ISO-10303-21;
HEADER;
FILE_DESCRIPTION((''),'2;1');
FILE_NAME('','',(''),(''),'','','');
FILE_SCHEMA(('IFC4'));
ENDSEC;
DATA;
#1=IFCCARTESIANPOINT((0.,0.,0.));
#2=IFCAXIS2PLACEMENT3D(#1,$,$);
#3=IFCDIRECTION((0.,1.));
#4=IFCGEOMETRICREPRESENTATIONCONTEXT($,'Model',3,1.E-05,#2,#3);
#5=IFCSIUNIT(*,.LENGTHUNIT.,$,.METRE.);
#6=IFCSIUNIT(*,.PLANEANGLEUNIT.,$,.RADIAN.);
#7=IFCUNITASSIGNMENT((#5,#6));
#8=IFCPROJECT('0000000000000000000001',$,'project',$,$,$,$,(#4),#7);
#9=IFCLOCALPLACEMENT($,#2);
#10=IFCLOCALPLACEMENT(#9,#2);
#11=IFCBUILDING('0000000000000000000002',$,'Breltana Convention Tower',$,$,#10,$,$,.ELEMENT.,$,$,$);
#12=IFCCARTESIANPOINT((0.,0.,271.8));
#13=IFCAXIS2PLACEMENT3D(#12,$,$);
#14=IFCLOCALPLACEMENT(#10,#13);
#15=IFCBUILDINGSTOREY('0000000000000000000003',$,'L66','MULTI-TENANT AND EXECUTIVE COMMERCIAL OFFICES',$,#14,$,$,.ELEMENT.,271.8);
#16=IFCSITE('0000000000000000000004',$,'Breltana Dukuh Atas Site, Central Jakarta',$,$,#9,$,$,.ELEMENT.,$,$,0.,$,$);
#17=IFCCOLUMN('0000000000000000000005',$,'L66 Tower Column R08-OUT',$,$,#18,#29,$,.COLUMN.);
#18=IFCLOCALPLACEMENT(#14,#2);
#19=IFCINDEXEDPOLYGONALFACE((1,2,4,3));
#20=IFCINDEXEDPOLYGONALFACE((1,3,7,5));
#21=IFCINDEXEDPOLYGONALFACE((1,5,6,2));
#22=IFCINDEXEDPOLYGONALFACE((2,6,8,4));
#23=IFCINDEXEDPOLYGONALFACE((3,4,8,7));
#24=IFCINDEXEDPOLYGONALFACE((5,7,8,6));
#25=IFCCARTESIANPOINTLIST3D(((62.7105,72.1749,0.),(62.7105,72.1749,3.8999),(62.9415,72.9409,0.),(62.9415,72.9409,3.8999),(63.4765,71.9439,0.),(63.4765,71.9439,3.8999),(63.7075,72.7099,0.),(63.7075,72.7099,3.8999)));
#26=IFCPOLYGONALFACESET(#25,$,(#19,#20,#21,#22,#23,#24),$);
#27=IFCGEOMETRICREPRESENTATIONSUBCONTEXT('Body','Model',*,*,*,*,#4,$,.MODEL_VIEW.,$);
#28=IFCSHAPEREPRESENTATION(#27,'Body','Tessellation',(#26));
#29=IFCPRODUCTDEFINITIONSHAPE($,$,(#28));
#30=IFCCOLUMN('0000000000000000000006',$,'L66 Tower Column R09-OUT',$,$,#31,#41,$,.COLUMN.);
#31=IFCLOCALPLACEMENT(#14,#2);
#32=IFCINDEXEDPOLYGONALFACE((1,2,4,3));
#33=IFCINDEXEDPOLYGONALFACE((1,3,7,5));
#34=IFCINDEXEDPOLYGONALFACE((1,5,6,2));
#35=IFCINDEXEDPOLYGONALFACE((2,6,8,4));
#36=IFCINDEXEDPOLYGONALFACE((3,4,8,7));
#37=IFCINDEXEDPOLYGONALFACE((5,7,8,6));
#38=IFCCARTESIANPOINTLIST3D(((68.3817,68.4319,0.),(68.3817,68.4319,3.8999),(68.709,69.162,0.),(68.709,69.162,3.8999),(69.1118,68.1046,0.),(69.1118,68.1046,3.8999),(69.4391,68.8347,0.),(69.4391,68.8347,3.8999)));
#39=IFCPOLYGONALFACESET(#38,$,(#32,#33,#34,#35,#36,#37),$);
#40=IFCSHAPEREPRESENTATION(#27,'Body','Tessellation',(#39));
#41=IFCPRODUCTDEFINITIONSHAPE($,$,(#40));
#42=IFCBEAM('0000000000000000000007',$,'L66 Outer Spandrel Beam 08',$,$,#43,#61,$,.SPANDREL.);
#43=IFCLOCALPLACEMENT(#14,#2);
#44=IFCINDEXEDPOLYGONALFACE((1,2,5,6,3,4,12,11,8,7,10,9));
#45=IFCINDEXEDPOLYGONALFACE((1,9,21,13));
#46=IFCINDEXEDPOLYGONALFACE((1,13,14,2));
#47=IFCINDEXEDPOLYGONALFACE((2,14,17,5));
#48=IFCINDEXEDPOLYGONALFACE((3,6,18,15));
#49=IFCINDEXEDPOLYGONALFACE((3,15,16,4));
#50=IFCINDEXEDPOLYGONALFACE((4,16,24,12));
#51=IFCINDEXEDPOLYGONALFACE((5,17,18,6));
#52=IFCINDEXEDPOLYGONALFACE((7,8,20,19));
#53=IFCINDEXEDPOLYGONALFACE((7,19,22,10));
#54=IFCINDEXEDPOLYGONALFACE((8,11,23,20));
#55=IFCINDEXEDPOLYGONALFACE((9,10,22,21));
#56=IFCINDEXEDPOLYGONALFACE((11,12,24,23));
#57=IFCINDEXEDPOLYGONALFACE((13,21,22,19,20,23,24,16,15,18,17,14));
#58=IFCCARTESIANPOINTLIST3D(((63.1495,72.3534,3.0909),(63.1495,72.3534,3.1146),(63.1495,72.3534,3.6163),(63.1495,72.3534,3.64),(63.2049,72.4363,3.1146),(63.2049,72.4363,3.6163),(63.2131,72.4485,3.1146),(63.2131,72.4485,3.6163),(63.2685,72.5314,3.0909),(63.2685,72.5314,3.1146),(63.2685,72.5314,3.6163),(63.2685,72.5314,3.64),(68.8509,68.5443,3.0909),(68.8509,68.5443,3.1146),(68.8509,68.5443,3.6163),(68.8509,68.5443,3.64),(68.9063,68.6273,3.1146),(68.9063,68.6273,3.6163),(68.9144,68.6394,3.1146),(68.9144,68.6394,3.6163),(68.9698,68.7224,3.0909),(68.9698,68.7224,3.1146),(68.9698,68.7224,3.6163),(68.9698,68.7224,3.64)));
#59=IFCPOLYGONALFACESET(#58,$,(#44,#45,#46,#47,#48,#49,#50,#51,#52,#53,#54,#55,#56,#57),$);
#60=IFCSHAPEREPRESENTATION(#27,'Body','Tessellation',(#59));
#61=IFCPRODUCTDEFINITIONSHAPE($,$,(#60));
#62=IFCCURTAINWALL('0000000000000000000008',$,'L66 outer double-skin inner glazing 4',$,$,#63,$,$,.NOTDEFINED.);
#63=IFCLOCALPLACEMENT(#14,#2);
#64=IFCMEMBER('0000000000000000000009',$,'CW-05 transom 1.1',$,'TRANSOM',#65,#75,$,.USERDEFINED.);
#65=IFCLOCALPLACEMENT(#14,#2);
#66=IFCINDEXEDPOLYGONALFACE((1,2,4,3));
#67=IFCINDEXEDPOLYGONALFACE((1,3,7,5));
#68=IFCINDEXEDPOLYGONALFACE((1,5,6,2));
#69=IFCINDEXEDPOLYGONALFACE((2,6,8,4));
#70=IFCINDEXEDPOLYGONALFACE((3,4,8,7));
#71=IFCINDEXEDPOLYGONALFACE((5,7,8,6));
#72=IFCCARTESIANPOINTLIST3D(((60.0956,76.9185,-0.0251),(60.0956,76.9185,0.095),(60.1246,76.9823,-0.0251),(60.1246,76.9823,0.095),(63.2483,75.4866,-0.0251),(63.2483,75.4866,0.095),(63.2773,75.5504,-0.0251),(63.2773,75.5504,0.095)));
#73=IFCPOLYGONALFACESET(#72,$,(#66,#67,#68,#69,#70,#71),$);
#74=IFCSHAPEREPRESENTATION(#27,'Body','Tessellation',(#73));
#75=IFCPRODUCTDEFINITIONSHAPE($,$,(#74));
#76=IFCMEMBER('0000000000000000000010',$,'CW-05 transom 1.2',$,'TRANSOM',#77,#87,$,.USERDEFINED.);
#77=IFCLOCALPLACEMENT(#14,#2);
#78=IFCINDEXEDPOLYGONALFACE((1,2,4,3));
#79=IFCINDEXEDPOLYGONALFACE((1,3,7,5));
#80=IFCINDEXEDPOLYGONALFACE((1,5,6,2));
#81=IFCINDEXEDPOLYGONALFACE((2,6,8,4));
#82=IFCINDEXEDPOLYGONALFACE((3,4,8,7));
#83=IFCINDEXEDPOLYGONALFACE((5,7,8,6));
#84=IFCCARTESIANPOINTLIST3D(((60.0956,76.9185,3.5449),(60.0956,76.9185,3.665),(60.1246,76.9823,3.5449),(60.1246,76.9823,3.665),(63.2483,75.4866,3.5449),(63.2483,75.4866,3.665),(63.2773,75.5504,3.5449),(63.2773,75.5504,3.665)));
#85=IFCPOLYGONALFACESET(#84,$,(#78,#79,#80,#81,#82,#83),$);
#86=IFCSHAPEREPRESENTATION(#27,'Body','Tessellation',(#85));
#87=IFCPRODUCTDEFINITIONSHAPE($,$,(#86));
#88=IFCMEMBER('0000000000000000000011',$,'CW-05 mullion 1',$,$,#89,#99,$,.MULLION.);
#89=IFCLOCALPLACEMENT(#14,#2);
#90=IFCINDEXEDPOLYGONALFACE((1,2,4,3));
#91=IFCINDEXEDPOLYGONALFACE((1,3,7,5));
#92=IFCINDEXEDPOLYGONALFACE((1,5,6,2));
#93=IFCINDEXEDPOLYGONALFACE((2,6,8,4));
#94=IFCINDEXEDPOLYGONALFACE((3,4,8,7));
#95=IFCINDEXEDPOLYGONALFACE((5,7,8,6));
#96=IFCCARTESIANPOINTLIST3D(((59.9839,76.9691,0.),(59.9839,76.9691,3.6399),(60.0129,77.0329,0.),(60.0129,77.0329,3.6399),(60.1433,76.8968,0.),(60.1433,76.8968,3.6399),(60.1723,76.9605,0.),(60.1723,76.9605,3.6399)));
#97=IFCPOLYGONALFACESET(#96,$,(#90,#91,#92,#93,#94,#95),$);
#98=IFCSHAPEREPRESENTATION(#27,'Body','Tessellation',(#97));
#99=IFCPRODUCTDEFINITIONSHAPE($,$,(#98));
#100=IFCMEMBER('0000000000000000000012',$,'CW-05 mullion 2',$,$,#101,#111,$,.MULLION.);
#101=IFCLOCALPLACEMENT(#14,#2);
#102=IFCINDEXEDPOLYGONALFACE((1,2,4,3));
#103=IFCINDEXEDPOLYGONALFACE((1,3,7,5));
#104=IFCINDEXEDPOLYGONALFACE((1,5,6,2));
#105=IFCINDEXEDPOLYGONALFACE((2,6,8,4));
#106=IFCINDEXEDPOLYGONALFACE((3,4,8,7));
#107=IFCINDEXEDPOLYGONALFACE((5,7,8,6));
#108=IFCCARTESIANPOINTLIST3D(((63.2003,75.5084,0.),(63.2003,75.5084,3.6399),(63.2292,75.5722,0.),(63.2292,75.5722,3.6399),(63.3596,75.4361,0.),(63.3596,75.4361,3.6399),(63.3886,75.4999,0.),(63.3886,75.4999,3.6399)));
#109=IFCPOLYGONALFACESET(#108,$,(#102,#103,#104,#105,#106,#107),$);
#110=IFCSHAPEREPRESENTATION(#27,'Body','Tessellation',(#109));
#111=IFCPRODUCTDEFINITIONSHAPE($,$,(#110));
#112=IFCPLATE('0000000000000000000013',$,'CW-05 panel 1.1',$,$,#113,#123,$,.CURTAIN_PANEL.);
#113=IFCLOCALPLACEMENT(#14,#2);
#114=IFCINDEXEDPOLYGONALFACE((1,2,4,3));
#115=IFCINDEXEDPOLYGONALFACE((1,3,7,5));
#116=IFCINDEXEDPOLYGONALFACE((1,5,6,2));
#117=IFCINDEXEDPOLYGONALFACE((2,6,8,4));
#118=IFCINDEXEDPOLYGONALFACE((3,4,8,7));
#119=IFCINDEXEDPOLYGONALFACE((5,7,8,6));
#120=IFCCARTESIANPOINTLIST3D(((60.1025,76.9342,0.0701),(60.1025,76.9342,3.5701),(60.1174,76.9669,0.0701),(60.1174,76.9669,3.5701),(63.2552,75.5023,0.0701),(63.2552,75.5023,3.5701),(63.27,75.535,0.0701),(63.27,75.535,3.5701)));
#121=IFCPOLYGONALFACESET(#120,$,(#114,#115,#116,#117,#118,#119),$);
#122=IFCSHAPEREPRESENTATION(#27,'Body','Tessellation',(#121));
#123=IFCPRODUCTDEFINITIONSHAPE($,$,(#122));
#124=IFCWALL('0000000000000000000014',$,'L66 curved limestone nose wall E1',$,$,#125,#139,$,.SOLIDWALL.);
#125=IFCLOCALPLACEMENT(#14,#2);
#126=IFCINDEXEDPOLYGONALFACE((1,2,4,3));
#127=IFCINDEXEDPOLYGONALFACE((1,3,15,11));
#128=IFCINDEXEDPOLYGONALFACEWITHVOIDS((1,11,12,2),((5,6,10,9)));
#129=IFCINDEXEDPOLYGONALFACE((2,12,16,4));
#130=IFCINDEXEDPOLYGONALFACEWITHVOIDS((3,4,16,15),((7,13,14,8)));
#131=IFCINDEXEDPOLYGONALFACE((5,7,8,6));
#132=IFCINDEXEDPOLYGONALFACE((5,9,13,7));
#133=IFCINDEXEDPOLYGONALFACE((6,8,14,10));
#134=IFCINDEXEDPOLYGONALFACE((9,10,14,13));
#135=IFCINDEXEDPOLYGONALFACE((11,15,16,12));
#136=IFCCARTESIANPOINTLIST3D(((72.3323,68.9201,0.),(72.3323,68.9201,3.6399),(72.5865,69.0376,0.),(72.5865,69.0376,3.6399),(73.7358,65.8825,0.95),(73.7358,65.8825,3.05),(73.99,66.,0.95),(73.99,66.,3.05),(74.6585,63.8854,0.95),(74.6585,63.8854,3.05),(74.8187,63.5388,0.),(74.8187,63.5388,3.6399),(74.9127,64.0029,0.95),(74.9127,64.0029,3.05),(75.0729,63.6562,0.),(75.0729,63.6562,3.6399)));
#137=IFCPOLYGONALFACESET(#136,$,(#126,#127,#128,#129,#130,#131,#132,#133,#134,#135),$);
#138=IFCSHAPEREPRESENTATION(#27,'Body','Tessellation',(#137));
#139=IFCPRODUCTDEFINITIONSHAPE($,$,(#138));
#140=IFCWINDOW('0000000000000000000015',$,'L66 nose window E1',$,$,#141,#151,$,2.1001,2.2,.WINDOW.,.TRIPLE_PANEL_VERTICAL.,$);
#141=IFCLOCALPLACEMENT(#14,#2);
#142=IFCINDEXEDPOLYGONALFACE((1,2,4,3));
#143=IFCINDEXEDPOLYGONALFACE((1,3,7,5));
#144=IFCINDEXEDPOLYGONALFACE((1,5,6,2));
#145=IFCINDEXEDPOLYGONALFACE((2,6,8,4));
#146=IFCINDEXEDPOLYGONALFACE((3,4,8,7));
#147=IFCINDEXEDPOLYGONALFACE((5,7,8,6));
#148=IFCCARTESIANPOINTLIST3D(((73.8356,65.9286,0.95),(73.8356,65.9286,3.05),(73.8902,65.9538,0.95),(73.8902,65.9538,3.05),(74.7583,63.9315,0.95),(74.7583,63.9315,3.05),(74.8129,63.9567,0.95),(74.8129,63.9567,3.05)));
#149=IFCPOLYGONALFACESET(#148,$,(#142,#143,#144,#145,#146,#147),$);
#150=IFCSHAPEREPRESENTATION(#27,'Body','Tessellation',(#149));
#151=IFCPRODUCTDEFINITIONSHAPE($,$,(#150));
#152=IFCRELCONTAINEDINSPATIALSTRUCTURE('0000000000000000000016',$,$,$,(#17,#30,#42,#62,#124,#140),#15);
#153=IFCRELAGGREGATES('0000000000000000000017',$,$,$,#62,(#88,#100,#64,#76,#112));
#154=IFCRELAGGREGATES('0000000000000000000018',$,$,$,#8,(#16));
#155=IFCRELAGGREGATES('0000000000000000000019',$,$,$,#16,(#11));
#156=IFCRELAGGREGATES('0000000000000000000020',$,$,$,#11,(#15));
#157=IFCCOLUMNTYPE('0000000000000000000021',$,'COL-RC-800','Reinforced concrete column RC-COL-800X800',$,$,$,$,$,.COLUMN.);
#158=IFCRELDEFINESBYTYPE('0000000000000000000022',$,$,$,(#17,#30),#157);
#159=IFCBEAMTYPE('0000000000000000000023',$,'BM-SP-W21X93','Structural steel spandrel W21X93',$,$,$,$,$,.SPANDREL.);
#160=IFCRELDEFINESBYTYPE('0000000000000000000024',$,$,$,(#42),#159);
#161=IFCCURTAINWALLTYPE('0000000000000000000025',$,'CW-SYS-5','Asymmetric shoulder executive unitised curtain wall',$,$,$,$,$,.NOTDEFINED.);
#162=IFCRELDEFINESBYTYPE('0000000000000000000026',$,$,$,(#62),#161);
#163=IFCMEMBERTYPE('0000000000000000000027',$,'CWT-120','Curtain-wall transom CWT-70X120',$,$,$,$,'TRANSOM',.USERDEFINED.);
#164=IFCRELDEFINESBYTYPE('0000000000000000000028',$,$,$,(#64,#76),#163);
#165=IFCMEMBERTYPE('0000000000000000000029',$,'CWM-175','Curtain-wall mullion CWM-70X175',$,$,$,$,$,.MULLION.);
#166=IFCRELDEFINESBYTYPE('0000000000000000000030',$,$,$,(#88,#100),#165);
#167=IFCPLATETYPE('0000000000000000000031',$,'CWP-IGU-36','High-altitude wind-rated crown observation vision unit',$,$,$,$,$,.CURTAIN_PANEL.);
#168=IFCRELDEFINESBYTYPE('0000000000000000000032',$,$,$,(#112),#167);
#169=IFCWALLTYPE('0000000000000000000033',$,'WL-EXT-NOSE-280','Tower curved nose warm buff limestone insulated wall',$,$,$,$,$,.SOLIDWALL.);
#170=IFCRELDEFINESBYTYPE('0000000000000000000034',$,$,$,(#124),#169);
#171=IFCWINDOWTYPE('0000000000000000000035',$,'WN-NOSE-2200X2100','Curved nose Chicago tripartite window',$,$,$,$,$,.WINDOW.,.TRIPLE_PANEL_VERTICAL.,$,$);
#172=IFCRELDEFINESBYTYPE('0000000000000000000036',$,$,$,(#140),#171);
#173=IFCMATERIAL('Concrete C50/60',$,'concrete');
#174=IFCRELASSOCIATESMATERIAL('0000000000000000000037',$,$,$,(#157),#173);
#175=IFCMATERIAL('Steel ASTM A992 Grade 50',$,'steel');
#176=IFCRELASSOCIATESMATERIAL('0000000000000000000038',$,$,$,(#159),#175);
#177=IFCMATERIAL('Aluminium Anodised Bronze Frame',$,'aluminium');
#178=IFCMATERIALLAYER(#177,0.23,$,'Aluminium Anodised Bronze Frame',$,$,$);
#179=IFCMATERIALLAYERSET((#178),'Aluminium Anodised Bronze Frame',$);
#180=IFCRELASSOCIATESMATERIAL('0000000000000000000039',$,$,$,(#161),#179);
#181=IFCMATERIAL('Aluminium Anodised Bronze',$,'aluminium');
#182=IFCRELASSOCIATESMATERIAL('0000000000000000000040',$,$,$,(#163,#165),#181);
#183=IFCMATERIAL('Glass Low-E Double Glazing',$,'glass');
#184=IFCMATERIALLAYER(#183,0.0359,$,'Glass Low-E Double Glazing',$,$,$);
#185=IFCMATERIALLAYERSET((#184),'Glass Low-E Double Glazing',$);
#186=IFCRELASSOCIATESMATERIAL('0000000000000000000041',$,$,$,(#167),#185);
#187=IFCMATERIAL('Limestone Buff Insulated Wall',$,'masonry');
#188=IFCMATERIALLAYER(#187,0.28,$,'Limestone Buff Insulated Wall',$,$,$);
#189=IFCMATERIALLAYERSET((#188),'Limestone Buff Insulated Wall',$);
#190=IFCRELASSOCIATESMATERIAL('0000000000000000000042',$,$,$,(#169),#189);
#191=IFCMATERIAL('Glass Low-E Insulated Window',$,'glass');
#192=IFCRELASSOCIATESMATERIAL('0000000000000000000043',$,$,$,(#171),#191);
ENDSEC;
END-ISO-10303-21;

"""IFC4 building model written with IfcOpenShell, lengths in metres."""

from ifc_helpers import new_model, si_unit, direction, frame, frame_2d, origin, origin_2d, place, context, subcontext, project, spatial, rectangle, i_section, extrude, source, transform, mapped, material, layer, layer_set, material_profile, profile_set, type_object, type_shapes, element, fill, aggregate, save


model = new_model("IFC4")

# Units and contexts
model_context = context("Model", 3, precision=1e-05, world=origin(), true_north=direction((0.0, 1.0)))
body_context = subcontext(model_context, "Body", "Model", "MODEL_VIEW")
ifc_project = project(units=[si_unit("LENGTHUNIT", "METRE"), si_unit("PLANEANGLEUNIT", "RADIAN")], contexts=[model_context])

# Site, building, storey
site_placement = place(None, origin())
site = spatial("IfcSite", under=ifc_project, at=site_placement, Name="Breltana Dukuh Atas Site, Central Jakarta", CompositionType="ELEMENT", RefElevation=0.0)
building_placement = place(site_placement, origin())
building = spatial("IfcBuilding", under=site, at=building_placement, Name="Breltana Convention Tower", CompositionType="ELEMENT")
storey_placement = place(building_placement, frame((0.0, 0.0, 271.8)))
storey = spatial("IfcBuildingStorey", under=building, at=storey_placement, Name="L66", Description="MULTI-TENANT AND EXECUTIVE COMMERCIAL OFFICES", CompositionType="ELEMENT", Elevation=271.8)

# Columns
ifc_material_1 = material(Name="Concrete C50/60", Category="concrete")
ifc_material_profile_1 = material_profile(ifc_material_1, rectangle(XDim=0.8, YDim=0.8, at=origin_2d()), Name="RC-COL-800X800")
ifc_profile_set_1 = profile_set([ifc_material_profile_1], Name="Concrete C50/60")
column_type = type_object("IfcColumnType", Name="COL-RC-800", Description="Reinforced concrete column RC-COL-800X800", PredefinedType="COLUMN", material=ifc_profile_set_1)
shared_shape_1 = source(origin(), body_context, "Body", "SweptSolid", [
    extrude(rectangle(XDim=0.8, YDim=0.8, at=origin_2d()), origin(), (0.0, 0.0, 1.0), 3.8999),
])
for number, where, z_axis, x_axis, name in (
    (1, (63.209, 72.4424, 0.0), (0.0, 0.0, 1.0), (0.288698, 0.95742, 0.0), "L66 Tower Column R08-OUT"),
    (2, (68.9104, 68.6333, 0.0), (0.0, 0.0, 1.0), (0.409127, 0.912477, 0.0), "L66 Tower Column R09-OUT"),
):
    element("IfcColumn", number, at=place(storey_placement, frame(where, z_axis=z_axis, x_axis=x_axis)), inside=storey, type_object=column_type, Name=name, PredefinedType="COLUMN", context=body_context, shape_type="MappedRepresentation", body=[
        mapped(shared_shape_1, transform((0.0, 0.0, 0.0), scale=1.0)),
    ])

# Beam
ifc_material_2 = material(Name="Steel ASTM A992 Grade 50", Category="steel")
ifc_material_profile_2 = material_profile(ifc_material_2, i_section(OverallWidth=0.2141, OverallDepth=0.5491, WebThickness=0.0146, FlangeThickness=0.0237, at=origin_2d()), Name="W21X93")
ifc_profile_set_2 = profile_set([ifc_material_profile_2], Name="Steel ASTM A992 Grade 50")
beam_type = type_object("IfcBeamType", Name="BM-SP-W21X93", Description="Structural steel spandrel W21X93", PredefinedType="SPANDREL", material=ifc_profile_set_2)
shared_shape_2 = source(origin(), body_context, "Body", "SweptSolid", [
    extrude(i_section(OverallWidth=0.2141, OverallDepth=0.5491, WebThickness=0.0146, FlangeThickness=0.0237, at=origin_2d()), origin(), (0.0, 0.0, 1.0), 6.8567),
])
beam_placement = place(storey_placement, frame((63.209, 72.4424, 3.3655), z_axis=(0.831502, -0.555522, 0.0), x_axis=(0.555522, 0.831502, 0.0)))
element("IfcBeam", 3, at=beam_placement, inside=storey, type_object=beam_type, Name="L66 Outer Spandrel Beam 08", PredefinedType="SPANDREL", context=body_context, shape_type="MappedRepresentation", body=[
    mapped(shared_shape_2, transform((0.0, 0.0, 0.0), scale=1.0)),
])

# Curtain wall, members, plate
ifc_material_3 = material(Name="Aluminium Anodised Bronze Frame", Category="aluminium")
ifc_layer_1 = layer(ifc_material_3, 0.23, Name="Aluminium Anodised Bronze Frame")
ifc_layer_set_1 = layer_set([ifc_layer_1], Name="Aluminium Anodised Bronze Frame")
curtain_wall_type = type_object("IfcCurtainWallType", Name="CW-SYS-5", Description="Asymmetric shoulder executive unitised curtain wall", PredefinedType="NOTDEFINED", material=ifc_layer_set_1)
curtain_wall_placement = place(storey_placement, origin())
curtain_wall = element("IfcCurtainWall", 4, at=curtain_wall_placement, inside=storey, type_object=curtain_wall_type, Name="L66 outer double-skin inner glazing 4", PredefinedType="NOTDEFINED")
ifc_material_4 = material(Name="Aluminium Anodised Bronze", Category="aluminium")
ifc_material_profile_3 = material_profile(ifc_material_4, rectangle(XDim=0.0701, YDim=0.1201, at=origin_2d()), Name="CWT-70X120")
ifc_profile_set_3 = profile_set([ifc_material_profile_3], Name="Aluminium Anodised Bronze")
member_type_1 = type_object("IfcMemberType", Name="CWT-120", Description="Curtain-wall transom CWT-70X120", ElementType="TRANSOM", PredefinedType="USERDEFINED", material=ifc_profile_set_3)
shared_shape_3 = source(origin(), body_context, "Body", "SweptSolid", [
    extrude(rectangle(XDim=0.0701, YDim=0.1201, at=origin_2d()), origin(), (0.0, 0.0, 1.0), 3.4626),
])
member_1_placement = place(storey_placement, frame((60.1101, 76.9504, 0.0349), z_axis=(0.910487, -0.413537, 0.0), x_axis=(0.413537, 0.910487, 0.0)))
member_1 = element("IfcMember", 5, at=member_1_placement, type_object=member_type_1, Name="CW-05 transom 1.1", ObjectType="TRANSOM", PredefinedType="USERDEFINED", context=body_context, shape_type="MappedRepresentation", body=[
    mapped(shared_shape_3, transform((0.0, 0.0, 0.0), scale=1.0)),
])
member_2_placement = place(storey_placement, frame((60.1101, 76.9504, 3.605), z_axis=(0.910487, -0.413537, 0.0), x_axis=(0.413537, 0.910487, 0.0)))
member_2 = element("IfcMember", 6, at=member_2_placement, type_object=member_type_1, Name="CW-05 transom 1.2", ObjectType="TRANSOM", PredefinedType="USERDEFINED", context=body_context, shape_type="MappedRepresentation", body=[
    mapped(shared_shape_3, transform((0.0, 0.0, 0.0), scale=1.0)),
])
ifc_material_profile_4 = material_profile(ifc_material_4, rectangle(XDim=0.0701, YDim=0.175, at=origin_2d()), Name="CWM-70X175")
ifc_profile_set_4 = profile_set([ifc_material_profile_4], Name="Aluminium Anodised Bronze")
member_type_2 = type_object("IfcMemberType", Name="CWM-175", Description="Curtain-wall mullion CWM-70X175", PredefinedType="MULLION", material=ifc_profile_set_4)
shared_shape_4 = source(origin(), body_context, "Body", "SweptSolid", [
    extrude(rectangle(XDim=0.0701, YDim=0.175, at=origin_2d()), origin(), (0.0, 0.0, 1.0), 3.6399),
])
member_3_placement = place(storey_placement, frame((60.0781, 76.9648, 0.0), z_axis=(0.0, 0.0, 1.0), x_axis=(0.413537, 0.910487, 0.0)))
member_3 = element("IfcMember", 7, at=member_3_placement, type_object=member_type_2, Name="CW-05 mullion 1", PredefinedType="MULLION", context=body_context, shape_type="MappedRepresentation", body=[
    mapped(shared_shape_4, transform((0.0, 0.0, 0.0), scale=1.0)),
])
member_4_placement = place(storey_placement, frame((63.2944, 75.5042, 0.0), z_axis=(0.0, 0.0, 1.0), x_axis=(0.413537, 0.910487, 0.0)))
member_4 = element("IfcMember", 8, at=member_4_placement, type_object=member_type_2, Name="CW-05 mullion 2", PredefinedType="MULLION", context=body_context, shape_type="MappedRepresentation", body=[
    mapped(shared_shape_4, transform((0.0, 0.0, 0.0), scale=1.0)),
])
ifc_material_5 = material(Name="Glass Low-E Double Glazing", Category="glass")
ifc_layer_2 = layer(ifc_material_5, 0.0359, Name="Glass Low-E Double Glazing")
ifc_layer_set_2 = layer_set([ifc_layer_2], Name="Glass Low-E Double Glazing")
plate_type = type_object("IfcPlateType", Name="CWP-IGU-36", Description="High-altitude wind-rated crown observation vision unit", PredefinedType="CURTAIN_PANEL", material=ifc_layer_set_2)
shared_shape_5 = source(origin(), body_context, "Body", "SweptSolid", [
    extrude(rectangle(XDim=3.4626, YDim=0.0359, at=origin_2d()), origin(), (0.0, 0.0, 1.0), 3.5),
])
plate_placement = place(storey_placement, frame((61.6863, 76.2346, 0.0701), z_axis=(0.0, 0.0, 1.0), x_axis=(0.910487, -0.413537, 0.0)))
plate = element("IfcPlate", 9, at=plate_placement, type_object=plate_type, Name="CW-05 panel 1.1", PredefinedType="CURTAIN_PANEL", context=body_context, shape_type="MappedRepresentation", body=[
    mapped(shared_shape_5, transform((0.0, 0.0, 0.0), scale=1.0)),
])
aggregate(curtain_wall, [member_3, member_4, member_1, member_2, plate])

# Wall, opening, window
ifc_material_6 = material(Name="Limestone Buff Insulated Wall", Category="masonry")
ifc_layer_3 = layer(ifc_material_6, 0.28, Name="Limestone Buff Insulated Wall")
ifc_layer_set_3 = layer_set([ifc_layer_3], Name="Limestone Buff Insulated Wall")
wall_type_1 = type_object("IfcWallType", Name="WL-EXT-NOSE-280", Description="Tower curved nose warm buff limestone insulated wall", PredefinedType="SOLIDWALL", material=ifc_layer_set_3)
shared_shape_6 = source(origin(), body_context, "Body", "SweptSolid", [
    extrude(rectangle(XDim=5.928, YDim=0.28, at=frame_2d((2.9639, 0.0))), origin(), (0.0, 0.0, 1.0), 3.6399),
])
wall_1_placement = place(storey_placement, frame((72.4595, 68.9788, 0.0), z_axis=(0.0, 0.0, 1.0), x_axis=(0.419424, -0.907791, 0.0)))
wall_1 = element("IfcWall", 10, at=wall_1_placement, inside=storey, type_object=wall_type_1, Name="L66 curved limestone nose wall E1", PredefinedType="SOLIDWALL", context=body_context, shape_type="MappedRepresentation", body=[
    mapped(shared_shape_6, transform((0.0, 0.0, 0.0), scale=1.0)),
])
opening_1_placement = place(wall_1_placement, frame((3.3459, 0.0, 0.95)))
opening_1 = element("IfcOpeningElement", 11, at=opening_1_placement, cuts=wall_1, PredefinedType="OPENING", context=body_context, shape_type="SweptSolid", body=[
    extrude(rectangle(XDim=2.2, YDim=2.1001, at=frame_2d((1.1001, 1.05))), frame((0.0, 0.1499, 0.0), z_axis=(0.0, -1.0, 0.0), x_axis=(1.0, 0.0, 0.0)), (0.0, 0.0, 1.0), 0.3),
])
ifc_material_7 = material(Name="Glass Low-E Insulated Window", Category="glass")
window_type = type_object("IfcWindowType", Name="WN-NOSE-2200X2100", Description="Curved nose Chicago tripartite window", PartitioningType="TRIPLE_PANEL_VERTICAL", PredefinedType="WINDOW", material=ifc_material_7)
shared_shape_7 = source(origin(), body_context, "Body", "SweptSolid", [
    extrude(rectangle(XDim=2.2, YDim=2.1001, at=frame_2d((1.1001, 1.05))), frame((0.0, 0.03, 0.0), z_axis=(0.0, -1.0, 0.0), x_axis=(1.0, 0.0, 0.0)), (0.0, 0.0, 1.0), 0.0601),
])
type_shapes(window_type, [shared_shape_7])
window_1_placement = place(opening_1_placement, origin())
window_1 = element("IfcWindow", 12, at=window_1_placement, inside=storey, type_object=window_type, Name="L66 nose window E1", OverallHeight=2.1001, OverallWidth=2.2, PartitioningType="TRIPLE_PANEL_VERTICAL", PredefinedType="WINDOW", context=body_context, shape_type="MappedRepresentation", body=[
    mapped(shared_shape_7, transform((0.0, 0.0, 0.0), scale=1.0)),
])
fill(opening_1, window_1)

save(model, "model.ifc")
